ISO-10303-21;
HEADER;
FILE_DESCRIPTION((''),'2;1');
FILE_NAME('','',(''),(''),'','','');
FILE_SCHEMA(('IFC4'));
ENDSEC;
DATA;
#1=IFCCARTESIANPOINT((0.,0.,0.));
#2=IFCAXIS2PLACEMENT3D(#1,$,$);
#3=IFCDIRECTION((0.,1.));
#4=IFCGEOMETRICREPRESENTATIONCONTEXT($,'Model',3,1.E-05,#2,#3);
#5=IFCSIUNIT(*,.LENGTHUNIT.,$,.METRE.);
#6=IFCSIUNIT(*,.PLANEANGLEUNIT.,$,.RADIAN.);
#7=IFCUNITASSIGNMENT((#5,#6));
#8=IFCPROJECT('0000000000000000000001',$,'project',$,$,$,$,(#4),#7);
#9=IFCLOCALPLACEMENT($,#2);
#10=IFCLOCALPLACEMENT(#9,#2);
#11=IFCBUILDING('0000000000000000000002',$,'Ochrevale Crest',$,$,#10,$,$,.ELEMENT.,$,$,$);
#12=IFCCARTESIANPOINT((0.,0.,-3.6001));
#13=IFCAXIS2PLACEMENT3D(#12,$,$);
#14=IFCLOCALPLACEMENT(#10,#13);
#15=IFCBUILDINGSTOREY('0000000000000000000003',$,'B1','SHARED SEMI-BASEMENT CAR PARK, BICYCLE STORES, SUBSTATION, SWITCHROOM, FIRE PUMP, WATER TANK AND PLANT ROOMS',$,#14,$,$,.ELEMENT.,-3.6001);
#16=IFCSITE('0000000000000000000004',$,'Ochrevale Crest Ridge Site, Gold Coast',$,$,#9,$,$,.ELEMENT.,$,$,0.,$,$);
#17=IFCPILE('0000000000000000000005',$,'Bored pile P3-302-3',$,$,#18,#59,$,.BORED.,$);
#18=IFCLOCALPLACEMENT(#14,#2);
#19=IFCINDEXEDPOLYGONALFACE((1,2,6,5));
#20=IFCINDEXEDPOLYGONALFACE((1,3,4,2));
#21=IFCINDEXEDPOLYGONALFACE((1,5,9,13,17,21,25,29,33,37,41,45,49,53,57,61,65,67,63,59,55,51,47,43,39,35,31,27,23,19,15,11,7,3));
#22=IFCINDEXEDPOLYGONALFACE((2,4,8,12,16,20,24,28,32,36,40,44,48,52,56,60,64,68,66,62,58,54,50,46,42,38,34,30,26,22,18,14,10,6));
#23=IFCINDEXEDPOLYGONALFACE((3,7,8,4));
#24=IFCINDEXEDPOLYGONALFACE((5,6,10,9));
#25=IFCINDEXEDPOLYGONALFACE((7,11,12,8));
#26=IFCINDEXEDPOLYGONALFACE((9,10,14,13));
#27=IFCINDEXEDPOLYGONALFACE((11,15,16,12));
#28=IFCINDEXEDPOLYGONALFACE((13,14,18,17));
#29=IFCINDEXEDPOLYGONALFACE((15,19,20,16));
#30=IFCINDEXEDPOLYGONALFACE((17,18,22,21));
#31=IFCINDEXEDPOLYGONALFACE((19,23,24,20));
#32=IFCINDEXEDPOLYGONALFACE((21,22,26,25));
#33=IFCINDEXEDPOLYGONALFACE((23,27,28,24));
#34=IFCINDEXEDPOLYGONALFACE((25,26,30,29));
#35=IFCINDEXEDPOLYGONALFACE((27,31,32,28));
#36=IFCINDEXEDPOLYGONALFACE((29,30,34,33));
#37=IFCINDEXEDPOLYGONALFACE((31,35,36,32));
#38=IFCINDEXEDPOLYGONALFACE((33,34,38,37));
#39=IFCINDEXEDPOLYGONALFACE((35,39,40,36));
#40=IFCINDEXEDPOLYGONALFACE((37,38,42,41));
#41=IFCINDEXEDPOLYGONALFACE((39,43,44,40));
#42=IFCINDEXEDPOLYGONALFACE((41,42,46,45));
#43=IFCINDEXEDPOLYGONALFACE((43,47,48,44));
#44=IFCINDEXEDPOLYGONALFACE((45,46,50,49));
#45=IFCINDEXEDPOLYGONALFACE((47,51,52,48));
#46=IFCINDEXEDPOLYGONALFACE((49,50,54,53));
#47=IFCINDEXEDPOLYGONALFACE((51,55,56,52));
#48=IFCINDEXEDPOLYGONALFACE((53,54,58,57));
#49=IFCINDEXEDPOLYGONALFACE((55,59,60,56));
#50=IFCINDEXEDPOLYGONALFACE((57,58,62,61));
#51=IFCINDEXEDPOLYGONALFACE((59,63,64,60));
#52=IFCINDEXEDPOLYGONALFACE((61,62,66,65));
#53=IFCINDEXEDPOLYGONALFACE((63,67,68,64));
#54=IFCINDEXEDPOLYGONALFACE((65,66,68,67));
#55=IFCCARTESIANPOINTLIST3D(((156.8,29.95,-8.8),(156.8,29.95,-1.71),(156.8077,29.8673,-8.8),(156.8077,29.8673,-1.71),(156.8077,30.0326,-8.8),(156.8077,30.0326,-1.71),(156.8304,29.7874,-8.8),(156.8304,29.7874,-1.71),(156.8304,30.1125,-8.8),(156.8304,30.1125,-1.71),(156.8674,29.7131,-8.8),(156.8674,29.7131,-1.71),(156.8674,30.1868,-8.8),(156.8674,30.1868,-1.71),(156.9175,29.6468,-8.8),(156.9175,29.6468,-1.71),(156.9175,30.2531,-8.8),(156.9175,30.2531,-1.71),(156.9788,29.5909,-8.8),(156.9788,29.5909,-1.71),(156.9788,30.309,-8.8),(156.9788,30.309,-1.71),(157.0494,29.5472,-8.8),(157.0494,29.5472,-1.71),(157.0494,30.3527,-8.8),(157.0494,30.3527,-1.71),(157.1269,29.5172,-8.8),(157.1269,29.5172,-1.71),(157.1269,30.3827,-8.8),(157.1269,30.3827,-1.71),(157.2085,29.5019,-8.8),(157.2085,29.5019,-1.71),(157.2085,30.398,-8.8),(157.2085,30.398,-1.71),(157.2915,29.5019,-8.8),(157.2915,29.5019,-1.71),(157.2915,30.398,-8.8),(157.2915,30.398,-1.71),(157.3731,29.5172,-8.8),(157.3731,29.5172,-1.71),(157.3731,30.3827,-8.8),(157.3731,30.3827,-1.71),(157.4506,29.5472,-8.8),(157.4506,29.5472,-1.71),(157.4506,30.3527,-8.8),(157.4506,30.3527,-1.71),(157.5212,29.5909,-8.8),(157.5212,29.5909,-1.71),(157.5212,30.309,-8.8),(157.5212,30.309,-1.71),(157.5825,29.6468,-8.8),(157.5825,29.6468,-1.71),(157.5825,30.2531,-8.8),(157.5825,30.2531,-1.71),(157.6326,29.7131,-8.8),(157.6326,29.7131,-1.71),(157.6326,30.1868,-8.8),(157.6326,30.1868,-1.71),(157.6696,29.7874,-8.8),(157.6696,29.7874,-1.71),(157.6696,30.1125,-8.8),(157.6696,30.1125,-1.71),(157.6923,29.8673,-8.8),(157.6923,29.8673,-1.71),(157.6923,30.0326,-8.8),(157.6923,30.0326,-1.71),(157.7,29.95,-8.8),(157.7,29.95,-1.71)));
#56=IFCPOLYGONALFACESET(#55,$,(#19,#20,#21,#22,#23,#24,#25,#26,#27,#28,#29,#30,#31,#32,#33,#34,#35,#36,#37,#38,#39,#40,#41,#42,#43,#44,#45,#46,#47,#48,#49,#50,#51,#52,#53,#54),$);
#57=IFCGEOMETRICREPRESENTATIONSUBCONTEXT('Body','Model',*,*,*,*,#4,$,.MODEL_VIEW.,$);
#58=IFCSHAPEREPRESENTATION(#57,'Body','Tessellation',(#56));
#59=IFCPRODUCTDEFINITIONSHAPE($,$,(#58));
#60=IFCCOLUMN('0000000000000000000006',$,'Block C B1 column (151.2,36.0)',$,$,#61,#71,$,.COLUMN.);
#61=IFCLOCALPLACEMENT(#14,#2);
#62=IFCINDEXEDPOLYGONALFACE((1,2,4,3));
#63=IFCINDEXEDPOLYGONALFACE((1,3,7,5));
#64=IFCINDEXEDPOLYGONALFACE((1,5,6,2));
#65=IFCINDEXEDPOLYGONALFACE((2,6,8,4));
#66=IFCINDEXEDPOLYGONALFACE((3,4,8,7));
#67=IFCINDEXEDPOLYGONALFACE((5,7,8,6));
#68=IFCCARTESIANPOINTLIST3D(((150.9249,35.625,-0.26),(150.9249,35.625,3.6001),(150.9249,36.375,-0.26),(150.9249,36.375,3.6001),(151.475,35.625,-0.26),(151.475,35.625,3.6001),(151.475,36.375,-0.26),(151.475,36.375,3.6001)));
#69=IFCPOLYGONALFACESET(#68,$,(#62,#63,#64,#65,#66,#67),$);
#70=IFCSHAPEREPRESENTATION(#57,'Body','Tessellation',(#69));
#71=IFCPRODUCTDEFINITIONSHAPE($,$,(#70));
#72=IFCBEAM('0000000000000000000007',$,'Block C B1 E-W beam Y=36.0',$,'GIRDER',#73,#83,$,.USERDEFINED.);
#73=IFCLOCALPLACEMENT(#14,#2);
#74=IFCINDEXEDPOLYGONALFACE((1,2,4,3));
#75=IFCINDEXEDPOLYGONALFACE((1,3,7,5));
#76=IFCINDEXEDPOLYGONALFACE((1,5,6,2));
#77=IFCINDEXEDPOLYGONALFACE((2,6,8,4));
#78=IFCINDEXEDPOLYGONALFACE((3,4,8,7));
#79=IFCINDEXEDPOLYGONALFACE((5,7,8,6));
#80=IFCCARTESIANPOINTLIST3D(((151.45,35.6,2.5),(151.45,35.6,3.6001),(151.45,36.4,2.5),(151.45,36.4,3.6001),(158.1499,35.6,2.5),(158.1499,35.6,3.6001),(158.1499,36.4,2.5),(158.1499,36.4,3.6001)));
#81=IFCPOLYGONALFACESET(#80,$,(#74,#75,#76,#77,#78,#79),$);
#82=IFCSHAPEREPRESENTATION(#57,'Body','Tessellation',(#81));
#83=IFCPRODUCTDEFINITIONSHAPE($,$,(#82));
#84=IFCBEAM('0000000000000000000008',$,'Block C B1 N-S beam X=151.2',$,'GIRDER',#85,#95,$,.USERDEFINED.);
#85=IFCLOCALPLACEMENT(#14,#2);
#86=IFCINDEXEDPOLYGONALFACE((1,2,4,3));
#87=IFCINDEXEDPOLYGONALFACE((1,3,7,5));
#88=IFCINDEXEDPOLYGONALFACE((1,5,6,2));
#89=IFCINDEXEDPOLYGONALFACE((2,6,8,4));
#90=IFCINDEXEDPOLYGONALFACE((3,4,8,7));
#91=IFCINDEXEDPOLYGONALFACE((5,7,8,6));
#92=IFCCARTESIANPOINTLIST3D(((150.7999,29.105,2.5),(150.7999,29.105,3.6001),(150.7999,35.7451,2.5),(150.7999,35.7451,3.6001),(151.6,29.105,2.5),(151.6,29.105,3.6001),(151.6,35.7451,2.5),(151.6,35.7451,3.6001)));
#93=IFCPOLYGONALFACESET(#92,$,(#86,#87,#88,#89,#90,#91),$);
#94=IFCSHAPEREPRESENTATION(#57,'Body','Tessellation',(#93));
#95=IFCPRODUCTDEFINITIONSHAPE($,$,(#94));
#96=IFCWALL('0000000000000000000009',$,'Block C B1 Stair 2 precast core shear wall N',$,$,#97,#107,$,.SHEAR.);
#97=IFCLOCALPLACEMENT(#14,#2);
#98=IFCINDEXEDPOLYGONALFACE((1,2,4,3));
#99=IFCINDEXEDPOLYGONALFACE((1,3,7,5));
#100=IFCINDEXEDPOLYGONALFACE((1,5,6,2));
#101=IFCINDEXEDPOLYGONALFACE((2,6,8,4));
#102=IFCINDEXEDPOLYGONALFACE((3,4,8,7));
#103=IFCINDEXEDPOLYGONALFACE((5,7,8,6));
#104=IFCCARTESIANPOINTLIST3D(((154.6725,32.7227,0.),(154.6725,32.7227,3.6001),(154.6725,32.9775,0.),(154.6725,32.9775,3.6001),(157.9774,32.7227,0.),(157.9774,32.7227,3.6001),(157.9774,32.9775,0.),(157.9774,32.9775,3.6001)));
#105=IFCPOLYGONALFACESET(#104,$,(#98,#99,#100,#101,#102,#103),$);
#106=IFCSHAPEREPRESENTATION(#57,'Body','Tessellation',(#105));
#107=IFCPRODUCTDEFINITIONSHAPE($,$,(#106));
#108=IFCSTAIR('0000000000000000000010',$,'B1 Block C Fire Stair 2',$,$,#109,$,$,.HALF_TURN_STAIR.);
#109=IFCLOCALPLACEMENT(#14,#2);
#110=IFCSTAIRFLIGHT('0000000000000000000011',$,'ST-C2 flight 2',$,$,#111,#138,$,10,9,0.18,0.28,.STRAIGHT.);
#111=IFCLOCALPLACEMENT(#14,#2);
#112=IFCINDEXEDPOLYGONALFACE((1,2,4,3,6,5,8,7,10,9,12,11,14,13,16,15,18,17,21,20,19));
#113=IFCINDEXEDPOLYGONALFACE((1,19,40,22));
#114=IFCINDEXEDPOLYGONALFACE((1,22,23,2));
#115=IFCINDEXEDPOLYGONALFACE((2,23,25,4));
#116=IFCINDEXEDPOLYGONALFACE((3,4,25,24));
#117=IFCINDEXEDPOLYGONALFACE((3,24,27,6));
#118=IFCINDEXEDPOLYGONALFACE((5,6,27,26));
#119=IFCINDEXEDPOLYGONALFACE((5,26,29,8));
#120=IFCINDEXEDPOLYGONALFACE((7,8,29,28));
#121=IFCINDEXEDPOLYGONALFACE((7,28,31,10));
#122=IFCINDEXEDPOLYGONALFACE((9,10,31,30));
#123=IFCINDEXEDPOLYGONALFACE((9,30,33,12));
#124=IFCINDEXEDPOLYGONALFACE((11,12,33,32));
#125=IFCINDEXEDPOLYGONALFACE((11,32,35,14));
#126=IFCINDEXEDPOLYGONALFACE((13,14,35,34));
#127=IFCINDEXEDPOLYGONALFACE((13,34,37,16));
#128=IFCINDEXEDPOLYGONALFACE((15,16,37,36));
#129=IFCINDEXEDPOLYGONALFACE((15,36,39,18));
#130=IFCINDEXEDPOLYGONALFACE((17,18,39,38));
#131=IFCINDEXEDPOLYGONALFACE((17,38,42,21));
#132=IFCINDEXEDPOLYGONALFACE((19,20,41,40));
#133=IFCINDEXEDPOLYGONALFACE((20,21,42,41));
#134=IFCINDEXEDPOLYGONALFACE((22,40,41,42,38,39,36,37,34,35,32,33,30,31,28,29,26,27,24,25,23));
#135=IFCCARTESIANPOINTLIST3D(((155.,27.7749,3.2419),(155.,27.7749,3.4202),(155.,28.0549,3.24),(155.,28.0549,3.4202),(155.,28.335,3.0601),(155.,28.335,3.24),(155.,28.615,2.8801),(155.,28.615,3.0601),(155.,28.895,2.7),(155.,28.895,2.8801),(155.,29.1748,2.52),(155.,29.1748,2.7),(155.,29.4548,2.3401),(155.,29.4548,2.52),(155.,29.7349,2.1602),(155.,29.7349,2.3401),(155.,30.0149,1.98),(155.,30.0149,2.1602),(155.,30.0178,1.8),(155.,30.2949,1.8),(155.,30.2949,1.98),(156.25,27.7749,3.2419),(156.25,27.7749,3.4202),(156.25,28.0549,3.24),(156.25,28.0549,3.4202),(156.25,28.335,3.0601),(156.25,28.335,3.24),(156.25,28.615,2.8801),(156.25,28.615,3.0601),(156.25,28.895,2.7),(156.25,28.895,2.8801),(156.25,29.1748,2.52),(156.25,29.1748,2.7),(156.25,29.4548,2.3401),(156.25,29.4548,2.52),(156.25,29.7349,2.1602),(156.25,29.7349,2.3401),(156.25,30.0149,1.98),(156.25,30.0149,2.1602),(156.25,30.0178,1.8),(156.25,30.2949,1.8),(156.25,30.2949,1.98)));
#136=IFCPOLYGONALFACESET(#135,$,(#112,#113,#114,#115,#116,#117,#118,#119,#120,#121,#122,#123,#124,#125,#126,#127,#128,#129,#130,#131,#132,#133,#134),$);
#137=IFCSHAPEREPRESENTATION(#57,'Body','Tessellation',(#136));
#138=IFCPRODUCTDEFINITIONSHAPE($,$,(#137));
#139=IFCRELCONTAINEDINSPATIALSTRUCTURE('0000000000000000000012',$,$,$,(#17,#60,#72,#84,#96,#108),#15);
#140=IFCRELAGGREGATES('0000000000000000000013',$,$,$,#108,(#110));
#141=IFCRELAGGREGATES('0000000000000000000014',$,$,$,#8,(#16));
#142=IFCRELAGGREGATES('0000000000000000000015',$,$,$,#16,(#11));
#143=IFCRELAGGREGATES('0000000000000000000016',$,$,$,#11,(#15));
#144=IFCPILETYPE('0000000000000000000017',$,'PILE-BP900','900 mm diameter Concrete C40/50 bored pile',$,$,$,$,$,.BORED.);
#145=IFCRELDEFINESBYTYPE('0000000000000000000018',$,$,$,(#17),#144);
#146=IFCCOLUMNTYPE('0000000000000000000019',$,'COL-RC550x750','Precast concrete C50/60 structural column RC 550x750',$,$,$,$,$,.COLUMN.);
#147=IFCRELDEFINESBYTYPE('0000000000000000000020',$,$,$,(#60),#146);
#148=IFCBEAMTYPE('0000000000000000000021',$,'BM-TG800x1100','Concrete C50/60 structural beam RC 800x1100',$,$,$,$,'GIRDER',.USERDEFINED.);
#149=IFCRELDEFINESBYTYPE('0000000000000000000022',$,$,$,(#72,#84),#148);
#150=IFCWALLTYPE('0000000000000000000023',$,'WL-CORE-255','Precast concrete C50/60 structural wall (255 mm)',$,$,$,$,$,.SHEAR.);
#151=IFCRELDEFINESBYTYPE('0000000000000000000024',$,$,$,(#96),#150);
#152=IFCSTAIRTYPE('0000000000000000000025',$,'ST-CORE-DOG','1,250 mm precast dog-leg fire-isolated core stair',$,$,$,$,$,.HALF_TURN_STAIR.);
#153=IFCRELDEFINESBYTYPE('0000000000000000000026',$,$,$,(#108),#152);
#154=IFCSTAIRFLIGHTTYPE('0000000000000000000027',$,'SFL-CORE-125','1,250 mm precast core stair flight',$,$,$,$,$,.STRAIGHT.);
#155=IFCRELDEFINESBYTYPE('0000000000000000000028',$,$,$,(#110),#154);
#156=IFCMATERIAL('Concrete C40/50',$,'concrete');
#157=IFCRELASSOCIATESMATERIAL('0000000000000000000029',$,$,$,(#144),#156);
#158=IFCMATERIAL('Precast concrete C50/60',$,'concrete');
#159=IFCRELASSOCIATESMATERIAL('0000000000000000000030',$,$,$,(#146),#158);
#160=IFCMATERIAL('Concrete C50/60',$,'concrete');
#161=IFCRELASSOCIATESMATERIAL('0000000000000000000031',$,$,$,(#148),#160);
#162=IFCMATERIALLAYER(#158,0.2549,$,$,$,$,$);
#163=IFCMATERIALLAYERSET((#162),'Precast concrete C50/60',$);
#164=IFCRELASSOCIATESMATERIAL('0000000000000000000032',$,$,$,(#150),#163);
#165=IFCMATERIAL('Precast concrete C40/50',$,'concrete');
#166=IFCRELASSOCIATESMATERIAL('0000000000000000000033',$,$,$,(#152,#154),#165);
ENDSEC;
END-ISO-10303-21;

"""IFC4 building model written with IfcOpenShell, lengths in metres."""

from ifc_helpers import new_model, si_unit, direction, frame, frame_2d, origin, origin_2d, place, context, subcontext, project, spatial, polyline, rectangle, circle, outline, extrude, material, layer, layer_set, material_profile, profile_set, type_object, element, aggregate, save


model = new_model("IFC4")

# Units and contexts
model_context = context("Model", 3, precision=1e-05, world=origin(), true_north=direction((0.0, 1.0)))
body_context = subcontext(model_context, "Body", "Model", "MODEL_VIEW")
ifc_project = project(units=[si_unit("LENGTHUNIT", "METRE"), si_unit("PLANEANGLEUNIT", "RADIAN")], contexts=[model_context])

# Site, building, storey
site_placement = place(None, origin())
site = spatial("IfcSite", under=ifc_project, at=site_placement, Name="Ochrevale Crest Ridge Site, Gold Coast", CompositionType="ELEMENT", RefElevation=0.0)
building_placement = place(site_placement, origin())
building = spatial("IfcBuilding", under=site, at=building_placement, Name="Ochrevale Crest", CompositionType="ELEMENT")
storey_placement = place(building_placement, frame((0.0, 0.0, -3.6001)))
storey = spatial("IfcBuildingStorey", under=building, at=storey_placement, Name="B1", Description="SHARED SEMI-BASEMENT CAR PARK, BICYCLE STORES, SUBSTATION, SWITCHROOM, FIRE PUMP, WATER TANK AND PLANT ROOMS", CompositionType="ELEMENT", Elevation=-3.6001)

# Shared definitions
ifc_material_1 = material(Name="Concrete C40/50", Category="concrete")

# Pile
ifc_material_profile_1 = material_profile(ifc_material_1, circle(Radius=0.45, at=origin_2d()), Name="BORED PILE 900")
ifc_profile_set_1 = profile_set([ifc_material_profile_1], Name="Concrete C40/50")
pile_type_1 = type_object("IfcPileType", Name="PILE-BP900", Description="900 mm diameter Concrete C40/50 bored pile", PredefinedType="BORED", material=ifc_profile_set_1)
for number, where, z_axis, x_axis, name in (
    (1, (157.25, 29.95, -1.71), (0.0, 0.0, -1.0), (1.0, 0.0, 0.0), "Bored pile P3-302-3"),
):
    element("IfcPile", number, at=place(storey_placement, frame(where, z_axis=z_axis, x_axis=x_axis)), inside=storey, type_object=pile_type_1, Name=name, PredefinedType="BORED", context=body_context, shape_type="SweptSolid", body=[
        extrude(circle(Radius=0.45, at=origin_2d()), origin(), (0.0, 0.0, 1.0), 7.0901),
    ])

# Column
ifc_material_2 = material(Name="Precast concrete C50/60", Category="concrete")
ifc_material_profile_2 = material_profile(ifc_material_2, rectangle(XDim=0.55, YDim=0.75, at=origin_2d()), Name="RC 550x750")
ifc_profile_set_2 = profile_set([ifc_material_profile_2], Name="Precast concrete C50/60")
column_type = type_object("IfcColumnType", Name="COL-RC550x750", Description="Precast concrete C50/60 structural column RC 550x750", PredefinedType="COLUMN", material=ifc_profile_set_2)
column_placement = place(storey_placement, frame((151.2, 36.0, -0.26), z_axis=(0.0, 0.0, 1.0), x_axis=(1.0, 0.0, 0.0)))
element("IfcColumn", 2, at=column_placement, inside=storey, type_object=column_type, Name="Block C B1 column (151.2,36.0)", PredefinedType="COLUMN", context=body_context, shape_type="SweptSolid", body=[
    extrude(rectangle(XDim=0.55, YDim=0.75, at=origin_2d()), origin(), (0.0, 0.0, 1.0), 3.8601),
])

# Beams
ifc_material_3 = material(Name="Concrete C50/60", Category="concrete")
ifc_material_profile_3 = material_profile(ifc_material_3, rectangle(XDim=0.8, YDim=1.1001, at=origin_2d()), Name="RC 800x1100")
ifc_profile_set_3 = profile_set([ifc_material_profile_3], Name="Concrete C50/60")
beam_type = type_object("IfcBeamType", Name="BM-TG800x1100", Description="Concrete C50/60 structural beam RC 800x1100", ElementType="GIRDER", PredefinedType="USERDEFINED", material=ifc_profile_set_3)
beam_1_placement = place(storey_placement, frame((151.45, 36.0, 3.05), z_axis=(1.0, 0.0, 0.0), x_axis=(0.0, 1.0, 0.0)))
element("IfcBeam", 3, at=beam_1_placement, inside=storey, type_object=beam_type, Name="Block C B1 E-W beam Y=36.0", ObjectType="GIRDER", PredefinedType="USERDEFINED", context=body_context, shape_type="SweptSolid", body=[
    extrude(rectangle(XDim=0.8, YDim=1.1001, at=origin_2d()), origin(), (0.0, 0.0, 1.0), 6.7),
])
beam_2_placement = place(storey_placement, frame((151.2, 29.105, 3.05), z_axis=(0.0, 1.0, 0.0), x_axis=(-1.0, 0.0, 0.0)))
element("IfcBeam", 4, at=beam_2_placement, inside=storey, type_object=beam_type, Name="Block C B1 N-S beam X=151.2", ObjectType="GIRDER", PredefinedType="USERDEFINED", context=body_context, shape_type="SweptSolid", body=[
    extrude(rectangle(XDim=0.8, YDim=1.1001, at=origin_2d()), origin(), (0.0, 0.0, 1.0), 6.6401),
])

# Wall
ifc_layer = layer(ifc_material_2, 0.2549)
ifc_layer_set = layer_set([ifc_layer], Name="Precast concrete C50/60")
wall_type = type_object("IfcWallType", Name="WL-CORE-255", Description="Precast concrete C50/60 structural wall (255 mm)", PredefinedType="SHEAR", material=ifc_layer_set)
wall_placement = place(storey_placement, frame((154.6726, 32.8501, 0.0), z_axis=(0.0, 0.0, 1.0), x_axis=(1.0, 0.0, 0.0)))
element("IfcWall", 5, at=wall_placement, inside=storey, type_object=wall_type, Name="Block C B1 Stair 2 precast core shear wall N", PredefinedType="SHEAR", context=body_context, shape_type="SweptSolid", body=[
    extrude(rectangle(XDim=3.3049, YDim=0.2549, at=frame_2d((1.6523, 0.0))), origin(), (0.0, 0.0, 1.0), 3.6001),
])

# Stair, stair flight
ifc_material_4 = material(Name="Precast concrete C40/50", Category="concrete")
stair_type = type_object("IfcStairType", Name="ST-CORE-DOG", Description="1,250 mm precast dog-leg fire-isolated core stair", PredefinedType="HALF_TURN_STAIR", material=ifc_material_4)
stair_placement = place(storey_placement, origin())
stair = element("IfcStair", 6, at=stair_placement, inside=storey, type_object=stair_type, Name="B1 Block C Fire Stair 2", PredefinedType="HALF_TURN_STAIR")
stair_flight_type = type_object("IfcStairFlightType", Name="SFL-CORE-125", Description="1,250 mm precast core stair flight", PredefinedType="STRAIGHT", material=ifc_material_4)
stair_flight_placement = place(storey_placement, frame((155.625, 30.2949, 1.8), z_axis=(0.0, 0.0, 1.0), x_axis=(0.0, -1.0, 0.0)))
stair_flight = element("IfcStairFlight", 7, at=stair_flight_placement, type_object=stair_flight_type, Name="ST-C2 flight 2", NumberOfRisers=10, NumberOfTreads=9, PredefinedType="STRAIGHT", RiserHeight=0.18, TreadLength=0.28, context=body_context, shape_type="SweptSolid", body=[
    extrude(outline(polyline([(0.0, 0.0), (0.0, 0.1799), (0.28, 0.1799), (0.28, 0.3601), (0.5601, 0.3601), (0.5601, 0.54), (0.8401, 0.54), (0.8401, 0.72), (1.1201, 0.72), (1.1201, 0.8999), (1.3999, 0.8999), (1.3999, 1.0801), (1.6799, 1.0801), (1.6799, 1.26), (1.96, 1.26), (1.96, 1.4399), (2.24, 1.4399), (2.24, 1.6201), (2.52, 1.6201), (2.52, 1.8), (2.52, 1.4419), (0.2771, 0.0), (0.0, 0.0)])), frame((0.0, 0.625, 0.0), z_axis=(0.0, -1.0, 0.0), x_axis=(1.0, 0.0, 0.0)), (0.0, 0.0, 1.0), 1.25),
])
aggregate(stair, [stair_flight])

save(model, "model.ifc")
